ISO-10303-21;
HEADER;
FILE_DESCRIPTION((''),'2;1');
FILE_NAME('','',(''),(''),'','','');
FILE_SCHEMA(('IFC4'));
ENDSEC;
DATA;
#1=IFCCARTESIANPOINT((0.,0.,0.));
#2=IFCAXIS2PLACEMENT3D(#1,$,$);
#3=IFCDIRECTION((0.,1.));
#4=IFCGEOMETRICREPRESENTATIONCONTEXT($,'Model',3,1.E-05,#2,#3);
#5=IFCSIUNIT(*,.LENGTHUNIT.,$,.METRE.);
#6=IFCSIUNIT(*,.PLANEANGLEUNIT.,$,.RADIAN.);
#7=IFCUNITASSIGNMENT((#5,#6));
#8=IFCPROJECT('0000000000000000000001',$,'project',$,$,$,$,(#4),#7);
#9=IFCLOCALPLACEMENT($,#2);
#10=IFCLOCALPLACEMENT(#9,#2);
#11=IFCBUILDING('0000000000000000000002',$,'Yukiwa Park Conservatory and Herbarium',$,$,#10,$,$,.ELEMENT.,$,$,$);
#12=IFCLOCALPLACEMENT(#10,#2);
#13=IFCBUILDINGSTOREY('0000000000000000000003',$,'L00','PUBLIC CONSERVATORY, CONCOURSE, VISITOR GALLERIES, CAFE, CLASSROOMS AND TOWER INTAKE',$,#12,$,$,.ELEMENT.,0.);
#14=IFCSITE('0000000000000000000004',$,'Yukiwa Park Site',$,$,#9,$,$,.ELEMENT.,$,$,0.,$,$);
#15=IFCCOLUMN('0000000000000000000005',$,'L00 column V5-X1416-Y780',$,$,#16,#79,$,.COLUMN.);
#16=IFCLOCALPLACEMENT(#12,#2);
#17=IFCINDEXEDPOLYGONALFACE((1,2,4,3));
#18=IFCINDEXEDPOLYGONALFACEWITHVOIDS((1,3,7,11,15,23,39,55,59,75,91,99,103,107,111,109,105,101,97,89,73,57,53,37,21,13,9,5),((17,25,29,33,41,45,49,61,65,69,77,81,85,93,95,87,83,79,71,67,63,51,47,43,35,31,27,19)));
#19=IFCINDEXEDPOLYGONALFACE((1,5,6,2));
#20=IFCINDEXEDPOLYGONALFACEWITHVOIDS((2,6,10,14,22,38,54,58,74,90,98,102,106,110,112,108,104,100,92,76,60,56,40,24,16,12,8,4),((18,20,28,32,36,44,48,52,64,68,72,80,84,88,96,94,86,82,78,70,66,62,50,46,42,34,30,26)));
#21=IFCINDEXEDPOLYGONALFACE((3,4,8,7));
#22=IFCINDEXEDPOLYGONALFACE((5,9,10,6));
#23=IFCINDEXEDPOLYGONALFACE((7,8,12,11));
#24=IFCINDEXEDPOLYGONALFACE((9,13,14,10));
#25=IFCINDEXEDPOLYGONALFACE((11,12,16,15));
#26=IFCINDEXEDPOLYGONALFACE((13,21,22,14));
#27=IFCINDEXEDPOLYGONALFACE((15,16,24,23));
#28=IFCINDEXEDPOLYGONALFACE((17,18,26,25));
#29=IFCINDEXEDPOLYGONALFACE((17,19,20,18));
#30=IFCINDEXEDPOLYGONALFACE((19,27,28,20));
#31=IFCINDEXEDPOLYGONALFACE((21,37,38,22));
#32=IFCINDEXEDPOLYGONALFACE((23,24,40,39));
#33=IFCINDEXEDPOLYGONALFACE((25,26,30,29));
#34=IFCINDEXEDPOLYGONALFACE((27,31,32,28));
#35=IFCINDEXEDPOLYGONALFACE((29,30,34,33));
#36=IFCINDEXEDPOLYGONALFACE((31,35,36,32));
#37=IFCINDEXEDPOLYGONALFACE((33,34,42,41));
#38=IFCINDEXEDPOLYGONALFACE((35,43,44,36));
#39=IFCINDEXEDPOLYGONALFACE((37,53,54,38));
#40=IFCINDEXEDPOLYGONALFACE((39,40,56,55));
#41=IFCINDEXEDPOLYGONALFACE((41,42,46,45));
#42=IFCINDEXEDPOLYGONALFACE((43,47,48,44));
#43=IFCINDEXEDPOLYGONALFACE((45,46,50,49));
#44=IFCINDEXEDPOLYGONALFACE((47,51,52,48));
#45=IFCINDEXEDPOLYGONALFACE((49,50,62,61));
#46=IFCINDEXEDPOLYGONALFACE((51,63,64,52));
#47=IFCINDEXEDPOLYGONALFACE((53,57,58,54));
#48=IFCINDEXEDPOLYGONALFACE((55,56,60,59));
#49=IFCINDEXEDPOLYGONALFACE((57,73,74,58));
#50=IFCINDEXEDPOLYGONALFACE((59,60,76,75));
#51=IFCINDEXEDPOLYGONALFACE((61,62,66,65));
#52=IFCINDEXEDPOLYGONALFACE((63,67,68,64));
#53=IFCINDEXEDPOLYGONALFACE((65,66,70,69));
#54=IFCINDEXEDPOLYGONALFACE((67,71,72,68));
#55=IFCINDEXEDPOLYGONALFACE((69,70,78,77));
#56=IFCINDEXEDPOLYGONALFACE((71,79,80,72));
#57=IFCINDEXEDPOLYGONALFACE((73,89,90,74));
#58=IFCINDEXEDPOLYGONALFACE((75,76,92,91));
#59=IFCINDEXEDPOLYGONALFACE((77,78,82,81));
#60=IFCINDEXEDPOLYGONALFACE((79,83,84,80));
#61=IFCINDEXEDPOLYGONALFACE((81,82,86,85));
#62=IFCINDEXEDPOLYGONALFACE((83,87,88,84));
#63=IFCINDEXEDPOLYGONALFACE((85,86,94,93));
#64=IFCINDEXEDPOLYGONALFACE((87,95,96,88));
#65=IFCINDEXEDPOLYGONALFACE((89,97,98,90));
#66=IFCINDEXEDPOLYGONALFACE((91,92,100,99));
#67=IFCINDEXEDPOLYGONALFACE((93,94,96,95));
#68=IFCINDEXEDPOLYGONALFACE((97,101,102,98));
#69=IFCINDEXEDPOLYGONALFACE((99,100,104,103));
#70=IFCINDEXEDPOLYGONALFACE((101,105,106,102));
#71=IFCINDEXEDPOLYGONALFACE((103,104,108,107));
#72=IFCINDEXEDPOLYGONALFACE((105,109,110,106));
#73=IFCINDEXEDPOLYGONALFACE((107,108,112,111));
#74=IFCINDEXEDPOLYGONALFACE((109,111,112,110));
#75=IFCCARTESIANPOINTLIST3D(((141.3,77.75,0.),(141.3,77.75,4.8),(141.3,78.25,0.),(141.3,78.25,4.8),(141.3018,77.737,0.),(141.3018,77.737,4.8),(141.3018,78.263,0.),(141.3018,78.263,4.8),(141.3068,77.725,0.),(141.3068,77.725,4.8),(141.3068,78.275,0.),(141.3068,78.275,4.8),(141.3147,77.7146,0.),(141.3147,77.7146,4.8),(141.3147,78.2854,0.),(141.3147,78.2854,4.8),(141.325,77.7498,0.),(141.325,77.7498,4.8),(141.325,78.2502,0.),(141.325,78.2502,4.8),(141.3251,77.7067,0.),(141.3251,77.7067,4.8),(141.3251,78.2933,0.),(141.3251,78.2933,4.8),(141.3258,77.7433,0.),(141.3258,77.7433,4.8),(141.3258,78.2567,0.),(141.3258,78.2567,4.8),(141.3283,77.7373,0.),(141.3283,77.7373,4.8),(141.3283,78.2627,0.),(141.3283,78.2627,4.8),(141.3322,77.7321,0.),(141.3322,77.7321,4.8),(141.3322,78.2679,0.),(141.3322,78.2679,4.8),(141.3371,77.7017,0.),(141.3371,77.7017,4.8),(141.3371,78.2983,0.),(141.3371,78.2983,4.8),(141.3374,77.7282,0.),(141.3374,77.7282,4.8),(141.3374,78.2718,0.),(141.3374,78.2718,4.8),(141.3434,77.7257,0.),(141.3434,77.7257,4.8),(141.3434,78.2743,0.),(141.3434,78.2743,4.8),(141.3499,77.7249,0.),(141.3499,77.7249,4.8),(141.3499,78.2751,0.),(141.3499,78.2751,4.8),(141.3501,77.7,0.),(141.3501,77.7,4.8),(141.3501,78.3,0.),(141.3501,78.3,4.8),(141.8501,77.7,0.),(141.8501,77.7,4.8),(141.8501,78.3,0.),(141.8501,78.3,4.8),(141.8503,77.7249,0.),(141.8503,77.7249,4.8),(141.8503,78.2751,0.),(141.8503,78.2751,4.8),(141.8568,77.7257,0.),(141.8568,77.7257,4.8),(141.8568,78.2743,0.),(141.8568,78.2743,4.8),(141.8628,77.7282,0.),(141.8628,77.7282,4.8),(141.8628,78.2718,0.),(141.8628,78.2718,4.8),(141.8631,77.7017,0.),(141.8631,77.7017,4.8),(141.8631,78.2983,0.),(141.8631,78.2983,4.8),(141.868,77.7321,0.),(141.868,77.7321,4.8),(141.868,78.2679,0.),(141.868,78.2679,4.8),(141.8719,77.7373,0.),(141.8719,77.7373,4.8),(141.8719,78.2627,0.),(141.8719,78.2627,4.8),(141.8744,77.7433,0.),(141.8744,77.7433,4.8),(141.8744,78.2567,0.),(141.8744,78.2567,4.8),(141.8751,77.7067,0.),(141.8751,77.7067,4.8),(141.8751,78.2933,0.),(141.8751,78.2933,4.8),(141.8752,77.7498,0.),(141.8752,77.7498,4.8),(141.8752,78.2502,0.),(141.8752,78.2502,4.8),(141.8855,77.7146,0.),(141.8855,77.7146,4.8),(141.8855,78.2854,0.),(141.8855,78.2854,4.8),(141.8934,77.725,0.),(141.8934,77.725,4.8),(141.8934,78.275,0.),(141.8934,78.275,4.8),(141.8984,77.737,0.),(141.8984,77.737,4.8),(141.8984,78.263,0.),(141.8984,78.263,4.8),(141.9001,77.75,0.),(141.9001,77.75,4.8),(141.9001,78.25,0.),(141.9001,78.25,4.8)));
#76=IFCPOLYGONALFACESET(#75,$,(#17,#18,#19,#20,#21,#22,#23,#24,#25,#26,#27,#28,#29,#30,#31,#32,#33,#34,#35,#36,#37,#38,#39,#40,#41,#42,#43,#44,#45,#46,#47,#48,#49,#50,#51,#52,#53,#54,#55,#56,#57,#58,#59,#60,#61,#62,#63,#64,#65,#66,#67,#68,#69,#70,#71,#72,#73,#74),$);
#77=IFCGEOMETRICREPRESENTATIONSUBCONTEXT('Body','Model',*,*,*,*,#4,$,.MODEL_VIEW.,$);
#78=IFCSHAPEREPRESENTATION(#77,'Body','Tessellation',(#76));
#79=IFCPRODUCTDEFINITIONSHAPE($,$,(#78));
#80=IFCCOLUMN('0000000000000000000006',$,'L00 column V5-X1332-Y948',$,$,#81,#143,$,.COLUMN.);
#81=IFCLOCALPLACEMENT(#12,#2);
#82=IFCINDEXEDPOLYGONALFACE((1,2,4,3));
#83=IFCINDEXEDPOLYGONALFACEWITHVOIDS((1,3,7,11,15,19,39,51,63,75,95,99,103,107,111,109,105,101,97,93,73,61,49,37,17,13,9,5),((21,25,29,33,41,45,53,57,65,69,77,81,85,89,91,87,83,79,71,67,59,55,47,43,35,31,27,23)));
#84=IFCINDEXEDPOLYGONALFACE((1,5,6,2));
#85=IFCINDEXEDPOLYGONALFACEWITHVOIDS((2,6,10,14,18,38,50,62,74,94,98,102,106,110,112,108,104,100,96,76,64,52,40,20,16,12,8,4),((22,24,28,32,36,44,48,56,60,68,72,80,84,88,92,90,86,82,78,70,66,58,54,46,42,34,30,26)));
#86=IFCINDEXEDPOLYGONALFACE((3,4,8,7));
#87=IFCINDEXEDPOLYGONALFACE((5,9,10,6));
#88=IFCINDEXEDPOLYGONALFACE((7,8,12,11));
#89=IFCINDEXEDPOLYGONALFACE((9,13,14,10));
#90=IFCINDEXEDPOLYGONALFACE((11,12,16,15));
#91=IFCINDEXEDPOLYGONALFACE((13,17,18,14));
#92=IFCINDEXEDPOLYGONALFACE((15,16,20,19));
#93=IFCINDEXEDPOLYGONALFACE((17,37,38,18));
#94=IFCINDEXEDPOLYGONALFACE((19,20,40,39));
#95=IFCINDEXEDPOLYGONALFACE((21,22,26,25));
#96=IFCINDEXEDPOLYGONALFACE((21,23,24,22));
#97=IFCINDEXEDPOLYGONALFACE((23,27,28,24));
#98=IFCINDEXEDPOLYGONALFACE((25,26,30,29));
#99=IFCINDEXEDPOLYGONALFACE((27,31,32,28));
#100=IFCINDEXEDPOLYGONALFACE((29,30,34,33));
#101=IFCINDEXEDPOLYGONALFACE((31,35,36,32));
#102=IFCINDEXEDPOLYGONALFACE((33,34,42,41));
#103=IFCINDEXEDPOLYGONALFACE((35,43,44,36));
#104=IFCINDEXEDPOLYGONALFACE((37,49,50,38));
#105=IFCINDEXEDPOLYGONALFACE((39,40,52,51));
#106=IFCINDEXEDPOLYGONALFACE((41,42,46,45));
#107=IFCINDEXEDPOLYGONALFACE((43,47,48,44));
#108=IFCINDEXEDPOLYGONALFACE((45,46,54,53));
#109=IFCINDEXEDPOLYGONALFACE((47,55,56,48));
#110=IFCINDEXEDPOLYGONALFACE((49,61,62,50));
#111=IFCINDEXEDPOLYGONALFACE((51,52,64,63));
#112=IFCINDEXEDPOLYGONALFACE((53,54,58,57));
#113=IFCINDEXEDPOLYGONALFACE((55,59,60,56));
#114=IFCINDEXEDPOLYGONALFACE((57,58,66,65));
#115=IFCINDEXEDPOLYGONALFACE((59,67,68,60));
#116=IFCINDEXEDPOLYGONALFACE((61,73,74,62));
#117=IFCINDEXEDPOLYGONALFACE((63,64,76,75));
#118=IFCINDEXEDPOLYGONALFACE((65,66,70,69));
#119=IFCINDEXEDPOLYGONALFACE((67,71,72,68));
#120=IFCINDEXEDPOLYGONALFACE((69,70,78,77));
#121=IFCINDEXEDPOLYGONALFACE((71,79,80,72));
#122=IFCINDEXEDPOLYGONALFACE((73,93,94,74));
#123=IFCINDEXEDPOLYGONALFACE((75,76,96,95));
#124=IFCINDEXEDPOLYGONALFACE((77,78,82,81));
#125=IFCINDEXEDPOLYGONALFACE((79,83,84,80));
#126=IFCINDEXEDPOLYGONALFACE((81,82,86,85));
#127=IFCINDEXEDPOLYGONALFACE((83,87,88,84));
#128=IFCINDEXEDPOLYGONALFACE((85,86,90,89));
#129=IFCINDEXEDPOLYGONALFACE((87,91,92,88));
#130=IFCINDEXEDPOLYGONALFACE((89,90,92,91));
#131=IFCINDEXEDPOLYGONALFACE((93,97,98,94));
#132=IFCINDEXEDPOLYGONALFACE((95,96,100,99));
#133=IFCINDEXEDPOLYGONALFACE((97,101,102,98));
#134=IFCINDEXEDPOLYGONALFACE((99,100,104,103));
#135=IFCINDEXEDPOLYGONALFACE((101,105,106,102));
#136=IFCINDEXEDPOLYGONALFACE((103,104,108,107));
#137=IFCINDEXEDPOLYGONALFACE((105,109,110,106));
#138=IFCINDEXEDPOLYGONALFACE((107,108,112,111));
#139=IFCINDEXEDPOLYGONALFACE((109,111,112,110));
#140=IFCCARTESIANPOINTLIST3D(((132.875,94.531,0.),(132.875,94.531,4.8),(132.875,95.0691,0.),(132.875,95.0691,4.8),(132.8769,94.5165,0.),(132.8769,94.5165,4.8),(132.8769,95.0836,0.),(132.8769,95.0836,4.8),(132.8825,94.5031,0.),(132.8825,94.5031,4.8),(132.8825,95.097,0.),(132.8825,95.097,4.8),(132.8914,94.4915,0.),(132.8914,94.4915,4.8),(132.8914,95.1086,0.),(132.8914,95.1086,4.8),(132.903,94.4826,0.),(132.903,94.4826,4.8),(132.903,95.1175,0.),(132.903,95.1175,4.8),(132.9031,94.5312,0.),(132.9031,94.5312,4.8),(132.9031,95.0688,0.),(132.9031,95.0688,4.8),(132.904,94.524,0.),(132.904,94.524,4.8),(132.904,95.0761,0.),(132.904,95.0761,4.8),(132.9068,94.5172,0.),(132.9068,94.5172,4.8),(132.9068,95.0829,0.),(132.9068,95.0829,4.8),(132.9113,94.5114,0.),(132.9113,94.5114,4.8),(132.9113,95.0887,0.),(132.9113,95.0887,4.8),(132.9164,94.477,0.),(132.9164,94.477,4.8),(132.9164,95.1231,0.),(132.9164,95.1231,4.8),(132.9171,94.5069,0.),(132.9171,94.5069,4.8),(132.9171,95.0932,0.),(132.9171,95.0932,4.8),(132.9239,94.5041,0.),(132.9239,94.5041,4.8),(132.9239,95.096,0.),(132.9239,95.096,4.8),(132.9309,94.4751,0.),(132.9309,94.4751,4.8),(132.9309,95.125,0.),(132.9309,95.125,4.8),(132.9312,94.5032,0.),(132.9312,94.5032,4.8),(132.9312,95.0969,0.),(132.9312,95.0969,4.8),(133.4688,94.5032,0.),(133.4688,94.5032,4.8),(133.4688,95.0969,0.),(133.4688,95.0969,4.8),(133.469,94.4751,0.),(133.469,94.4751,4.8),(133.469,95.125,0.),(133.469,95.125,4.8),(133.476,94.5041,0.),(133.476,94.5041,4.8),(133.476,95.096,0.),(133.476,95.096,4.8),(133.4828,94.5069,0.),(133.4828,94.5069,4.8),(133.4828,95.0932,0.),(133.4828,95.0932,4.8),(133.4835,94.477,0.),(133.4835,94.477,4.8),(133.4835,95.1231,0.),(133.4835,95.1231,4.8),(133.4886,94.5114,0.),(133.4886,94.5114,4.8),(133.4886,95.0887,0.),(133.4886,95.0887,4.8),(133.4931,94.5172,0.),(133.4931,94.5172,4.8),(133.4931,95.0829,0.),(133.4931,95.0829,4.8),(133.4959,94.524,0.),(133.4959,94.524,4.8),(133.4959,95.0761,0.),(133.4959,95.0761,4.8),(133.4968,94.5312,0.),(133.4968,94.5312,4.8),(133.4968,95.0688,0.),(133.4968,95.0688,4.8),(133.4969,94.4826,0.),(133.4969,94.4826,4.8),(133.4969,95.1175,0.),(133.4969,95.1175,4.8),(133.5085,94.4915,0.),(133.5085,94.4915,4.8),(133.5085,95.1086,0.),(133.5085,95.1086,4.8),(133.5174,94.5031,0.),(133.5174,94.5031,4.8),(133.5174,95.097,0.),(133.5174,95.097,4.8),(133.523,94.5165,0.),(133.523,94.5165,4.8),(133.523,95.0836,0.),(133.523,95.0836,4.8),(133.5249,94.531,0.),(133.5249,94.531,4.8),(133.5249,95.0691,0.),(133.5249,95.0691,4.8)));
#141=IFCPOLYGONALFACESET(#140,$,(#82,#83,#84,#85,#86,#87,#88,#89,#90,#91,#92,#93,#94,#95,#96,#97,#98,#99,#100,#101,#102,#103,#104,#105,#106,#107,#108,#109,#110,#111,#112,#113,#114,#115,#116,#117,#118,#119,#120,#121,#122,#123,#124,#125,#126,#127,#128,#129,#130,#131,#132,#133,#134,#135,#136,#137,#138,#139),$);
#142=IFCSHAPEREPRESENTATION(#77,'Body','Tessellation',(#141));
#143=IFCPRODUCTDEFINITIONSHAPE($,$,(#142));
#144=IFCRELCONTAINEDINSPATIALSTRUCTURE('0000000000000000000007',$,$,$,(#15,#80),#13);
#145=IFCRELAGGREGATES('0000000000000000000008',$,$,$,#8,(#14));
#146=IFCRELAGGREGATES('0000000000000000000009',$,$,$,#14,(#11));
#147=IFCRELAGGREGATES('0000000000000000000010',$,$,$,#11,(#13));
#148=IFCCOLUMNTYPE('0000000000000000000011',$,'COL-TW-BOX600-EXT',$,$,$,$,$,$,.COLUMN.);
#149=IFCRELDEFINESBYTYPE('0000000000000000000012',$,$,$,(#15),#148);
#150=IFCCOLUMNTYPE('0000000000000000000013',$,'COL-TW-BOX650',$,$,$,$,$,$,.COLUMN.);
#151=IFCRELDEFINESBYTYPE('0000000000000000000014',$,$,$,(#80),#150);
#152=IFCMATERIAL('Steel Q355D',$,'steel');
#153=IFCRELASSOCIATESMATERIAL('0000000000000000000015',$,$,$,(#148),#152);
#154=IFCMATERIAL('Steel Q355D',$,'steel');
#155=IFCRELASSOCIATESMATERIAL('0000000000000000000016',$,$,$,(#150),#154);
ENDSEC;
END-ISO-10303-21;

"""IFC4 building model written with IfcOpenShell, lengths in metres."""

from ifc_helpers import new_model, si_unit, direction, frame, origin, origin_2d, place, context, subcontext, project, spatial, hollow_rectangle, extrude, material, material_profile, profile_set, type_object, element, save


model = new_model("IFC4")

# Units and contexts
model_context = context("Model", 3, precision=1e-05, world=origin(), true_north=direction((0.0, 1.0)))
body_context = subcontext(model_context, "Body", "Model", "MODEL_VIEW")
ifc_project = project(units=[si_unit("LENGTHUNIT", "METRE"), si_unit("PLANEANGLEUNIT", "RADIAN")], contexts=[model_context])

# Site, building, storey
site_placement = place(None, origin())
site = spatial("IfcSite", under=ifc_project, at=site_placement, Name="Yukiwa Park Site", CompositionType="ELEMENT", RefElevation=0.0)
building_placement = place(site_placement, origin())
building = spatial("IfcBuilding", under=site, at=building_placement, Name="Yukiwa Park Conservatory and Herbarium", CompositionType="ELEMENT")
storey_placement = place(building_placement, origin())
storey = spatial("IfcBuildingStorey", under=building, at=storey_placement, Name="L00", Description="PUBLIC CONSERVATORY, CONCOURSE, VISITOR GALLERIES, CAFE, CLASSROOMS AND TOWER INTAKE", CompositionType="ELEMENT", Elevation=0.0)

# Columns
ifc_material_1 = material(Name="Steel Q355D", Category="steel")
ifc_material_profile_1 = material_profile(ifc_material_1, hollow_rectangle(XDim=0.6001, YDim=0.6001, WallThickness=0.0249, InnerFilletRadius=0.0249, OuterFilletRadius=0.05, at=origin_2d()), Name="BOX 600x600x25")
ifc_profile_set_1 = profile_set([ifc_material_profile_1], Name="Steel Q355D")
column_type_1 = type_object("IfcColumnType", Name="COL-TW-BOX600-EXT", PredefinedType="COLUMN", material=ifc_profile_set_1)
column_placement = place(storey_placement, frame((141.6001, 78.0, 0.0), z_axis=(0.0, 0.0, 1.0), x_axis=(1.0, 0.0, 0.0)))
element("IfcColumn", 1, at=column_placement, inside=storey, type_object=column_type_1, Name="L00 column V5-X1416-Y780", PredefinedType="COLUMN", context=body_context, shape_type="SweptSolid", body=[
    extrude(hollow_rectangle(XDim=0.6001, YDim=0.6001, WallThickness=0.0249, InnerFilletRadius=0.0249, OuterFilletRadius=0.05, at=origin_2d()), origin(), (0.0, 0.0, 1.0), 4.8),
])
ifc_material_2 = material(Name="Steel Q355D", Category="steel")
ifc_material_profile_2 = material_profile(ifc_material_2, hollow_rectangle(XDim=0.6499, YDim=0.6499, WallThickness=0.0281, InnerFilletRadius=0.0281, OuterFilletRadius=0.0559, at=origin_2d()), Name="BOX 650x650x28")
ifc_profile_set_2 = profile_set([ifc_material_profile_2], Name="Steel Q355D")
column_type_2 = type_object("IfcColumnType", Name="COL-TW-BOX650", PredefinedType="COLUMN", material=ifc_profile_set_2)
for number, where, z_axis, x_axis, name in (
    (2, (133.2, 94.8, 0.0), (0.0, 0.0, 1.0), (1.0, 0.0, 0.0), "L00 column V5-X1332-Y948"),
):
    element("IfcColumn", number, at=place(storey_placement, frame(where, z_axis=z_axis, x_axis=x_axis)), inside=storey, type_object=column_type_2, Name=name, PredefinedType="COLUMN", context=body_context, shape_type="SweptSolid", body=[
        extrude(hollow_rectangle(XDim=0.6499, YDim=0.6499, WallThickness=0.0281, InnerFilletRadius=0.0281, OuterFilletRadius=0.0559, at=origin_2d()), origin(), (0.0, 0.0, 1.0), 4.8),
    ])

save(model, "model.ifc")
